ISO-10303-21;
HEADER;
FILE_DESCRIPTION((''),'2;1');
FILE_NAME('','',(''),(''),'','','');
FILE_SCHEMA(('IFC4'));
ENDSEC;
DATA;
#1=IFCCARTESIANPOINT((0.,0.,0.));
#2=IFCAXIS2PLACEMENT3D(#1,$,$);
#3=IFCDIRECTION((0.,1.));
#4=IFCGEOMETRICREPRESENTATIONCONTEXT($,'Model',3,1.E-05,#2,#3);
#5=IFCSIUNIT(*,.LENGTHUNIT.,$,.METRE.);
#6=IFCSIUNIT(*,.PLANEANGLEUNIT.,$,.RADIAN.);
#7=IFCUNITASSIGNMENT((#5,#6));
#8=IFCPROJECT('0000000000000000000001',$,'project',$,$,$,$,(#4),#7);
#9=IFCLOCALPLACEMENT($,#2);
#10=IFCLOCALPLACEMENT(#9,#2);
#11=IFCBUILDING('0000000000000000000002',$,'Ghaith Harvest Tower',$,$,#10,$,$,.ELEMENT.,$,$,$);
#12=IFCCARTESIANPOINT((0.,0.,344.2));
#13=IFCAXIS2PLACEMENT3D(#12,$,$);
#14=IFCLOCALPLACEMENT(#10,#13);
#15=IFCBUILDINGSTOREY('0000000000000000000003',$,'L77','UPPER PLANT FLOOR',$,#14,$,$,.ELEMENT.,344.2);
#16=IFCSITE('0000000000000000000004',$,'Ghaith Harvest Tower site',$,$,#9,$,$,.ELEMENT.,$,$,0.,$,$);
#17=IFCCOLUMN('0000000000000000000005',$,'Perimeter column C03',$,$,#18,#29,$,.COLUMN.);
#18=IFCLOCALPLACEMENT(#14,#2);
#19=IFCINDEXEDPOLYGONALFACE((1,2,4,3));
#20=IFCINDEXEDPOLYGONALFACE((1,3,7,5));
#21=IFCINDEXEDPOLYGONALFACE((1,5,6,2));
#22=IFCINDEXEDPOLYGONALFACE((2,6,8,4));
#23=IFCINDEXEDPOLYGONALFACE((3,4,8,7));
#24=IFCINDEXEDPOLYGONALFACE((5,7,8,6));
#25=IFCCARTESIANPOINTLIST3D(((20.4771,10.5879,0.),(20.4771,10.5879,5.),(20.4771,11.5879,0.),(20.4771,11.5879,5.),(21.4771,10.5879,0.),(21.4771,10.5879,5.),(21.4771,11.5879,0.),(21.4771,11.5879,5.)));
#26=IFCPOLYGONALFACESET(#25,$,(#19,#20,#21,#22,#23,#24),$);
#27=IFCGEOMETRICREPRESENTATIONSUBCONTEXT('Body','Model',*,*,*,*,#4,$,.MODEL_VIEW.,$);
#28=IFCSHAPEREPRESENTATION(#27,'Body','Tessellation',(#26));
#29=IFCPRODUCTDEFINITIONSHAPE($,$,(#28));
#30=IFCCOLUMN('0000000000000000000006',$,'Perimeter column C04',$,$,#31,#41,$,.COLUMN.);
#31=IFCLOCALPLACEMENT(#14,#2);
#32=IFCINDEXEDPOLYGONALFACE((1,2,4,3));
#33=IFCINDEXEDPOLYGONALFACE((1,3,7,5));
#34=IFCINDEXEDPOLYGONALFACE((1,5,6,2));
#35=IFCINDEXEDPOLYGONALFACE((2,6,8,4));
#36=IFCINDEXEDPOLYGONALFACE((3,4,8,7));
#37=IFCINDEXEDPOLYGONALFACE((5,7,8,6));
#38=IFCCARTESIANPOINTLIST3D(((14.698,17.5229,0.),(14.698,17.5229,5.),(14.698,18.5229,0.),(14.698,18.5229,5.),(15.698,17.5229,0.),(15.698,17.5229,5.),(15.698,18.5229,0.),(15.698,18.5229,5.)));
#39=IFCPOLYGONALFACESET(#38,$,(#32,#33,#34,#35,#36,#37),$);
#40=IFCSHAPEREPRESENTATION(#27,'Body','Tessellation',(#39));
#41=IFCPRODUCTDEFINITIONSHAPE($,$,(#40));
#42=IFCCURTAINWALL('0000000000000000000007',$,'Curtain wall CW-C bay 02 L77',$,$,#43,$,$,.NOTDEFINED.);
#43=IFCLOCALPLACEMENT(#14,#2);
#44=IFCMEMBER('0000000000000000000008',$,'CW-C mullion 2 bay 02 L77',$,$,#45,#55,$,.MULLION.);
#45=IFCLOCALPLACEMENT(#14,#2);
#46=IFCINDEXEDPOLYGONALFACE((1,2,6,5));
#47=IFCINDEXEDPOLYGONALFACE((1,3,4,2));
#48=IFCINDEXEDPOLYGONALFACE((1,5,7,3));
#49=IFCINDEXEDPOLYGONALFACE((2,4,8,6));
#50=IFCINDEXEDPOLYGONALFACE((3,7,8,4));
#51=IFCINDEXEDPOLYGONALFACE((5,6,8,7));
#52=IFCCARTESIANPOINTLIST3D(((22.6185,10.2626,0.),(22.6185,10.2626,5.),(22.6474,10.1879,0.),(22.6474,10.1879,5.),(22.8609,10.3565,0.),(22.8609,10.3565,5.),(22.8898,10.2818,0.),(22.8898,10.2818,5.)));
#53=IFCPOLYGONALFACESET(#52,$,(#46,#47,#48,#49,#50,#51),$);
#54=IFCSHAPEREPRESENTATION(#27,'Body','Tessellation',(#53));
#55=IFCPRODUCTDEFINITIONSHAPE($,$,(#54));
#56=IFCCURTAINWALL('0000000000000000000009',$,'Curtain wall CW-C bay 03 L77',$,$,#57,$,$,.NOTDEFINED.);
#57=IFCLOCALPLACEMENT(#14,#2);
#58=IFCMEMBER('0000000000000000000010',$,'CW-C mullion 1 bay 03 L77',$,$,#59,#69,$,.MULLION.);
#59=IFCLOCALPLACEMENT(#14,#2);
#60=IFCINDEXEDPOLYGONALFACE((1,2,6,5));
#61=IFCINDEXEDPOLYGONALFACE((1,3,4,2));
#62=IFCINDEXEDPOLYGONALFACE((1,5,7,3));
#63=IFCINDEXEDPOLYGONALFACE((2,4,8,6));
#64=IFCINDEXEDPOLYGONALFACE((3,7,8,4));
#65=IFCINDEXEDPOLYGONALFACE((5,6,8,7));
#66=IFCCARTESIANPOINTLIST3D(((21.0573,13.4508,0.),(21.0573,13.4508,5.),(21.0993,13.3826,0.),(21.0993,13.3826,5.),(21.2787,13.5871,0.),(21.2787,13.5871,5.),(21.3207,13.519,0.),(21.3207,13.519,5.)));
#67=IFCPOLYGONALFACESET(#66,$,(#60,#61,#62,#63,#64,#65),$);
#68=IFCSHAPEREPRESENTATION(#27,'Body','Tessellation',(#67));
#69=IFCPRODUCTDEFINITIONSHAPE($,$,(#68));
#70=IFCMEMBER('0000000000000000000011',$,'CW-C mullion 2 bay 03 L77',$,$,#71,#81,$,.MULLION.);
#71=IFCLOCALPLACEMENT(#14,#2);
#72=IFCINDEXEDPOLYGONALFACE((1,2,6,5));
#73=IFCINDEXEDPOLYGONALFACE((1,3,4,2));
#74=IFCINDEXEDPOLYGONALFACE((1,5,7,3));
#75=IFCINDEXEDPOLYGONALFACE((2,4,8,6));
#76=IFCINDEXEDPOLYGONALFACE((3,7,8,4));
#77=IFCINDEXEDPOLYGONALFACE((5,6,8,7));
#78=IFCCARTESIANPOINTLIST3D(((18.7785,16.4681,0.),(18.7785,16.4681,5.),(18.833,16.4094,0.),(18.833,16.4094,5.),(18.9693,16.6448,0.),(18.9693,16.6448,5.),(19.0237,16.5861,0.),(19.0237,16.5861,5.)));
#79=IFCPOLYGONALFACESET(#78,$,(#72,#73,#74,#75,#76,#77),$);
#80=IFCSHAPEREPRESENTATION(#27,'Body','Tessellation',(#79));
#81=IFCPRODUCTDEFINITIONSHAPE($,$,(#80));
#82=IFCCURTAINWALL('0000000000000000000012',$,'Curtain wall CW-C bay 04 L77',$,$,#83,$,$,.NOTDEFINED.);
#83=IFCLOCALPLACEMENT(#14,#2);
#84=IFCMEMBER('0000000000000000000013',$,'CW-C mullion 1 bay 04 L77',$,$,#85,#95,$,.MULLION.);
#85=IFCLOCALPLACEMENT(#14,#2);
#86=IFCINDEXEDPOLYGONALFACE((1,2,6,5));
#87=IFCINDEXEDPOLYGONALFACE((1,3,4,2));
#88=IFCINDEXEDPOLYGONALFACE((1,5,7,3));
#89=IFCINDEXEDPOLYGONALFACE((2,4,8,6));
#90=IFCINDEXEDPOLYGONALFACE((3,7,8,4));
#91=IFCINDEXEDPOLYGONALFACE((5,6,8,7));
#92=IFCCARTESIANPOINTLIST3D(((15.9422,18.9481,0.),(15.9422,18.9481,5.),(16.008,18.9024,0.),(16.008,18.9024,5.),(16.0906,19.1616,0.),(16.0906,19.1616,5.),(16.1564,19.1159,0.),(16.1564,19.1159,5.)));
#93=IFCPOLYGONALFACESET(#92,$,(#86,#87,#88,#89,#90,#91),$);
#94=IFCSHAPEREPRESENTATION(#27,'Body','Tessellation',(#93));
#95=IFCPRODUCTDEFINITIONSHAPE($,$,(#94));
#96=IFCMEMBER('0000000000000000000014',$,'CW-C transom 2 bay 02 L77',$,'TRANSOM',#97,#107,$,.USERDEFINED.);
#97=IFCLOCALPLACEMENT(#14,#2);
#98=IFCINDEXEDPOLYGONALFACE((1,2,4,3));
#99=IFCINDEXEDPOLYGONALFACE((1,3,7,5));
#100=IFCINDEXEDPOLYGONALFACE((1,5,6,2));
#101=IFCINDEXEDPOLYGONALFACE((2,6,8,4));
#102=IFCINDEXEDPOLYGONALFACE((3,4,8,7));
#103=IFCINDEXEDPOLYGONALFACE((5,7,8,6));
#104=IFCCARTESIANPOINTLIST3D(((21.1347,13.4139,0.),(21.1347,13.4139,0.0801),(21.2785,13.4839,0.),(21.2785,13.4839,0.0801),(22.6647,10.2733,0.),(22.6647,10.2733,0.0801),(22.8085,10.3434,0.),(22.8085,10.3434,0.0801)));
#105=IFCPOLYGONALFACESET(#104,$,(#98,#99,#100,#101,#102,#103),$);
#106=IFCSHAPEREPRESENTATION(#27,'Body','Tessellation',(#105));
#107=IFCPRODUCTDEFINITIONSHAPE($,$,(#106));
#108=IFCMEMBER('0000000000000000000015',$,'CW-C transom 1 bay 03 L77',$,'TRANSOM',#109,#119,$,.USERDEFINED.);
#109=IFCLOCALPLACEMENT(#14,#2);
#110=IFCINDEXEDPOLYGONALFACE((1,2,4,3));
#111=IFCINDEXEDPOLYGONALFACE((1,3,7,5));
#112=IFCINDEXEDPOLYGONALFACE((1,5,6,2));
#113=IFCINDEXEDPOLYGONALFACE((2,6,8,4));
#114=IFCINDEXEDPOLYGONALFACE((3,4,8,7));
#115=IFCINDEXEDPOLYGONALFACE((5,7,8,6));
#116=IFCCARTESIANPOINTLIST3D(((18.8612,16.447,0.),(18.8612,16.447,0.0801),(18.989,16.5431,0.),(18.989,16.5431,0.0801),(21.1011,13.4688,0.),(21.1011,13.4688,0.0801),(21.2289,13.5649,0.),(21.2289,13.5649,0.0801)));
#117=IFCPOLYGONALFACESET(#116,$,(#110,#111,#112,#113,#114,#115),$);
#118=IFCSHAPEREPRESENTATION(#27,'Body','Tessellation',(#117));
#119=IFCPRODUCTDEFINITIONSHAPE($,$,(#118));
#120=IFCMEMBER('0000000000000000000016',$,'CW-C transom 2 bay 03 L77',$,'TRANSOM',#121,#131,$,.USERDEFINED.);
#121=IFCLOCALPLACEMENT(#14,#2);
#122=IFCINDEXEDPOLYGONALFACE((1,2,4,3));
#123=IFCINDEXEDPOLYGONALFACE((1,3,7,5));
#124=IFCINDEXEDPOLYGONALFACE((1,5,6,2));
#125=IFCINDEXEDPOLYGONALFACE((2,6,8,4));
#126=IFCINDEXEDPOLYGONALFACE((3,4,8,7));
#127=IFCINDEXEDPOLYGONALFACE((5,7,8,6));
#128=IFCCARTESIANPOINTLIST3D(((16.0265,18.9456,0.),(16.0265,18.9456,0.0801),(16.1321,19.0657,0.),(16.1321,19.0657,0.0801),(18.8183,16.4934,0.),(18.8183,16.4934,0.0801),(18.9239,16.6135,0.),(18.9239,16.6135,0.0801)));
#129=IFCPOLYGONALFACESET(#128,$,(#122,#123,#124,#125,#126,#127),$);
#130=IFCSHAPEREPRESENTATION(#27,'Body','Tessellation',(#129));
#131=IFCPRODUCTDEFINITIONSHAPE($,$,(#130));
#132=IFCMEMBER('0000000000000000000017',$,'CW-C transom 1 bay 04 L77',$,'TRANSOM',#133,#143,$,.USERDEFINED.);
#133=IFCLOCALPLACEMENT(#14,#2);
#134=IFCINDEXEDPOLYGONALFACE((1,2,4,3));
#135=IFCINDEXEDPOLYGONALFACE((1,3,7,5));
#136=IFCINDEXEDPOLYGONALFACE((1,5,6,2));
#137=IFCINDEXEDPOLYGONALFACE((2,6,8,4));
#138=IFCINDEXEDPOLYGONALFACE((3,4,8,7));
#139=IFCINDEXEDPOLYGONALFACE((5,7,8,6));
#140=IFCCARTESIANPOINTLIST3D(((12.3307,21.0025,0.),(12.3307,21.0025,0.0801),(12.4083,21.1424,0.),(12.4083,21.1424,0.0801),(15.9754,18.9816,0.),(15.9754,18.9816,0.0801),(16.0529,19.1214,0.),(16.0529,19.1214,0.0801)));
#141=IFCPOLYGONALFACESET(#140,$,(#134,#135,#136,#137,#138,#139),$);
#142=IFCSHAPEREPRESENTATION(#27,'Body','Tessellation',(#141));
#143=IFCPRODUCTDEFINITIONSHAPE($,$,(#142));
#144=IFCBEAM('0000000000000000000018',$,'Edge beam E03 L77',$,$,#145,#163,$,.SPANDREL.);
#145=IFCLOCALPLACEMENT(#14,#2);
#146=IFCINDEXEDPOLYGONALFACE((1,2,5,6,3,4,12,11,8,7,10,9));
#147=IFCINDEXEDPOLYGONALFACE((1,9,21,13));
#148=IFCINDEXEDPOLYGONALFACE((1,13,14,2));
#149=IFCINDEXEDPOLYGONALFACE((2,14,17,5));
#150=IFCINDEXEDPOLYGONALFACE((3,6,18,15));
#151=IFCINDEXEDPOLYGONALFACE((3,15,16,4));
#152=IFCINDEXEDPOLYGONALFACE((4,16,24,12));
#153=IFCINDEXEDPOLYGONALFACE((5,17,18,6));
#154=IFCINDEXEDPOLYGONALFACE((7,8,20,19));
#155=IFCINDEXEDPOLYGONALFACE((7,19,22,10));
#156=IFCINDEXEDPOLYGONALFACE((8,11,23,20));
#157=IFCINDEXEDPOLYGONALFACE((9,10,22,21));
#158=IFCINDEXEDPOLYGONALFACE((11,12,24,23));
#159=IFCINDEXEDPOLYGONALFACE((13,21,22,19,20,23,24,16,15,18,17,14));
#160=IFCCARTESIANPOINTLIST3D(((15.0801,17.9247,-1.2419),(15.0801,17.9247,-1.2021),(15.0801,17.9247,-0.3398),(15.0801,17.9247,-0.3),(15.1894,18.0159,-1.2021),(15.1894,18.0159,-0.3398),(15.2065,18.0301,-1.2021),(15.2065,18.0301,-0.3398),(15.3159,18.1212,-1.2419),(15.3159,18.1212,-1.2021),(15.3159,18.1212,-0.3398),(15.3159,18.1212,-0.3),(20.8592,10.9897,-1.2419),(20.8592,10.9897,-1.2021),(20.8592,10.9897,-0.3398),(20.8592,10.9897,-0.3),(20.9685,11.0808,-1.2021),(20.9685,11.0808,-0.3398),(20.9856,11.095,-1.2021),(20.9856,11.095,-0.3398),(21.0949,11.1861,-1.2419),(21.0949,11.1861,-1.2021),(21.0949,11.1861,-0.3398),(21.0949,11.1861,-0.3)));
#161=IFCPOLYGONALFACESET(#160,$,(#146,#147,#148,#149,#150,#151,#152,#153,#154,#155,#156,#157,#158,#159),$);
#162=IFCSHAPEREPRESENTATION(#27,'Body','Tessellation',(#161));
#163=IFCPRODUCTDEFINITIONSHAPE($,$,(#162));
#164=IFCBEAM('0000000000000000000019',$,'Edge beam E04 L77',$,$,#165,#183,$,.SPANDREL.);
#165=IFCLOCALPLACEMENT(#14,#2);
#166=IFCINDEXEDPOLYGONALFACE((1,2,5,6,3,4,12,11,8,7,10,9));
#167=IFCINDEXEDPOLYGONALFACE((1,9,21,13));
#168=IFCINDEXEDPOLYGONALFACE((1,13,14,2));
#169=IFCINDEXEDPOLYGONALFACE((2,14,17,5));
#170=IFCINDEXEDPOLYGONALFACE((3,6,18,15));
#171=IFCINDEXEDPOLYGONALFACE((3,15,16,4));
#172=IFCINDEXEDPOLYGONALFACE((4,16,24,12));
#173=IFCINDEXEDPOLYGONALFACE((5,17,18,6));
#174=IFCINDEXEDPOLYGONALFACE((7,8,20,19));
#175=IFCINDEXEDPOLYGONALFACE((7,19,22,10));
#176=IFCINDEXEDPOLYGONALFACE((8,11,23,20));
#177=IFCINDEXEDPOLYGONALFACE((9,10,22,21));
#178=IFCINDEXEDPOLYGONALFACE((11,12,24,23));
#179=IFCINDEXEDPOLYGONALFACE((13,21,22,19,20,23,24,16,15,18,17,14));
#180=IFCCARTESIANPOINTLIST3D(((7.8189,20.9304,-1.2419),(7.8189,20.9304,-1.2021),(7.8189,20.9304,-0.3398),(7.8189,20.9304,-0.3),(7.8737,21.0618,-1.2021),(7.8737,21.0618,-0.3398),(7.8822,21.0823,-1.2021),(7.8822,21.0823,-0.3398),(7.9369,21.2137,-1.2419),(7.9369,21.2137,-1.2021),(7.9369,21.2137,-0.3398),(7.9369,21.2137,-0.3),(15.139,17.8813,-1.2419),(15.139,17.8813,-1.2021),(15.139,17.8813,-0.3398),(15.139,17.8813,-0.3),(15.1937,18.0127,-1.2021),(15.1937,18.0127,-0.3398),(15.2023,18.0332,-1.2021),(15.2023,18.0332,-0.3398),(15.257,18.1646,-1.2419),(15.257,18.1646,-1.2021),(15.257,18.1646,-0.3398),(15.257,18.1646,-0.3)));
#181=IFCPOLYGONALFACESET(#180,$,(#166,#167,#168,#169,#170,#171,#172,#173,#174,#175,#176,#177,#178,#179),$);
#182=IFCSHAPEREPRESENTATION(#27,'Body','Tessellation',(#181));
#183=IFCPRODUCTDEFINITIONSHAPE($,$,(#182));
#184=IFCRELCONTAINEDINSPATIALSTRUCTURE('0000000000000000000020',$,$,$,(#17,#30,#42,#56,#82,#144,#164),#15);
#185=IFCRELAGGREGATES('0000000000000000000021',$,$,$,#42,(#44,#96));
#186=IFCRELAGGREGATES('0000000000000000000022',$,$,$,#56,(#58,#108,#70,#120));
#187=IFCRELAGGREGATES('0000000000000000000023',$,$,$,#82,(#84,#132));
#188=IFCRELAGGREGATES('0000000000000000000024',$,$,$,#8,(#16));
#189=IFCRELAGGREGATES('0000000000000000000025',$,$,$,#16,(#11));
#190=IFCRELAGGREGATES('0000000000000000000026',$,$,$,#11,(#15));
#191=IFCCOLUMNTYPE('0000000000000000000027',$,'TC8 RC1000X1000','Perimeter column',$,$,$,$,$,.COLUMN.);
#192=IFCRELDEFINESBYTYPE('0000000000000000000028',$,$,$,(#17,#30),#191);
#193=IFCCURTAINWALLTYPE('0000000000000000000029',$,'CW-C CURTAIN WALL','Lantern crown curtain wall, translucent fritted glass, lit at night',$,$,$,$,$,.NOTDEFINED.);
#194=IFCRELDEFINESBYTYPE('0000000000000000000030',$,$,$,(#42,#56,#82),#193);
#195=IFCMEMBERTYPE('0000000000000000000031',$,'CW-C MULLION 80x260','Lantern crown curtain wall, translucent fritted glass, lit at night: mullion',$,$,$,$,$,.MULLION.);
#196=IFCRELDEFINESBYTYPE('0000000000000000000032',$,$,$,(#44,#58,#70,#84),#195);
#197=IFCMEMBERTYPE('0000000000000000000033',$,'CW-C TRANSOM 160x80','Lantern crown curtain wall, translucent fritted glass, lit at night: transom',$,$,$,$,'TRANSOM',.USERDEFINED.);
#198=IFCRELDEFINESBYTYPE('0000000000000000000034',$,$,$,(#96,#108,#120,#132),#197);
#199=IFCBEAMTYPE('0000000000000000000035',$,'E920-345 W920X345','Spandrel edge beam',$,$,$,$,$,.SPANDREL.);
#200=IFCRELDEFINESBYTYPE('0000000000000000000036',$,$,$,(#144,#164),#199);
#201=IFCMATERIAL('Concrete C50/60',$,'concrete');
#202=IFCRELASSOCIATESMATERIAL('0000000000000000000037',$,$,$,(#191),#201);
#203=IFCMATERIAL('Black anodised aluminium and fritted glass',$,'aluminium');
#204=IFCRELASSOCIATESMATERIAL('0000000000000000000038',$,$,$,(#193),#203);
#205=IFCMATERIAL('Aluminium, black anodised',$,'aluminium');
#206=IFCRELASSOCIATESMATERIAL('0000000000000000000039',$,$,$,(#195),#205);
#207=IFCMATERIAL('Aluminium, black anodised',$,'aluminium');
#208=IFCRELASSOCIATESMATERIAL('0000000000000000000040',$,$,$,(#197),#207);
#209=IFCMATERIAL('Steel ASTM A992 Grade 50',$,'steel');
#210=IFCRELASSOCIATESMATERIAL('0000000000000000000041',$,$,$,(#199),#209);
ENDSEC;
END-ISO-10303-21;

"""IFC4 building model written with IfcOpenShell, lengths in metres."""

from ifc_helpers import new_model, si_unit, direction, frame, origin, origin_2d, place, context, subcontext, project, spatial, rectangle, i_section, extrude, material, material_profile, profile_set, type_object, element, aggregate, save


model = new_model("IFC4")

# Units and contexts
model_context = context("Model", 3, precision=1e-05, world=origin(), true_north=direction((0.0, 1.0)))
body_context = subcontext(model_context, "Body", "Model", "MODEL_VIEW")
ifc_project = project(units=[si_unit("LENGTHUNIT", "METRE"), si_unit("PLANEANGLEUNIT", "RADIAN")], contexts=[model_context])

# Site, building, storey
site_placement = place(None, origin())
site = spatial("IfcSite", under=ifc_project, at=site_placement, Name="Ghaith Harvest Tower site", CompositionType="ELEMENT", RefElevation=0.0)
building_placement = place(site_placement, origin())
building = spatial("IfcBuilding", under=site, at=building_placement, Name="Ghaith Harvest Tower", CompositionType="ELEMENT")
storey_placement = place(building_placement, frame((0.0, 0.0, 344.2)))
storey = spatial("IfcBuildingStorey", under=building, at=storey_placement, Name="L77", Description="UPPER PLANT FLOOR", CompositionType="ELEMENT", Elevation=344.2)

# Columns
ifc_material_1 = material(Name="Concrete C50/60", Category="concrete")
ifc_material_profile_1 = material_profile(ifc_material_1, rectangle(XDim=1.0, YDim=1.0, at=origin_2d()), Name="RC1000X1000")
ifc_profile_set_1 = profile_set([ifc_material_profile_1], Name="Concrete C50/60")
column_type = type_object("IfcColumnType", Name="TC8 RC1000X1000", Description="Perimeter column", PredefinedType="COLUMN", material=ifc_profile_set_1)
for number, where, z_axis, x_axis, name in (
    (1, (20.9771, 11.0879, 0.0), (0.0, 0.0, 1.0), (1.0, 0.0, 0.0), "Perimeter column C03"),
    (2, (15.198, 18.0229, 0.0), (0.0, 0.0, 1.0), (1.0, 0.0, 0.0), "Perimeter column C04"),
):
    element("IfcColumn", number, at=place(storey_placement, frame(where, z_axis=z_axis, x_axis=x_axis)), inside=storey, type_object=column_type, Name=name, PredefinedType="COLUMN", context=body_context, shape_type="SweptSolid", body=[
        extrude(rectangle(XDim=1.0, YDim=1.0, at=origin_2d()), origin(), (0.0, 0.0, 1.0), 5.0),
    ])

# Curtain wall, member
ifc_material_2 = material(Name="Black anodised aluminium and fritted glass", Category="aluminium")
curtain_wall_type = type_object("IfcCurtainWallType", Name="CW-C CURTAIN WALL", Description="Lantern crown curtain wall, translucent fritted glass, lit at night", PredefinedType="NOTDEFINED", material=ifc_material_2)
curtain_wall_1_placement = place(storey_placement, origin())
curtain_wall_1 = element("IfcCurtainWall", 3, at=curtain_wall_1_placement, inside=storey, type_object=curtain_wall_type, Name="Curtain wall CW-C bay 02 L77", PredefinedType="NOTDEFINED")
ifc_material_3 = material(Name="Aluminium, black anodised", Category="aluminium")
ifc_material_profile_2 = material_profile(ifc_material_3, rectangle(XDim=0.0801, YDim=0.26, at=origin_2d()), Name="CW-C MULLION 80x260")
ifc_profile_set_2 = profile_set([ifc_material_profile_2], Name="Aluminium, black anodised")
member_type_1 = type_object("IfcMemberType", Name="CW-C MULLION 80x260", Description="Lantern crown curtain wall, translucent fritted glass, lit at night: mullion", PredefinedType="MULLION", material=ifc_profile_set_2)
member_1_placement = place(storey_placement, frame((22.7542, 10.2722, 0.0), z_axis=(0.0, 0.0, 1.0), x_axis=(-0.361184, 0.932494, 0.0)))
member_1 = element("IfcMember", 4, at=member_1_placement, type_object=member_type_1, Name="CW-C mullion 2 bay 02 L77", PredefinedType="MULLION", context=body_context, shape_type="SweptSolid", body=[
    extrude(rectangle(XDim=0.0801, YDim=0.26, at=origin_2d()), origin(), (0.0, 0.0, 1.0), 5.0),
])

# Curtain wall, members
curtain_wall_2_placement = place(storey_placement, origin())
curtain_wall_2 = element("IfcCurtainWall", 5, at=curtain_wall_2_placement, inside=storey, type_object=curtain_wall_type, Name="Curtain wall CW-C bay 03 L77", PredefinedType="NOTDEFINED")
member_2_placement = place(storey_placement, frame((21.189, 13.4849, 0.0), z_axis=(0.0, 0.0, 1.0), x_axis=(-0.524482, 0.851421, 0.0)))
member_2 = element("IfcMember", 6, at=member_2_placement, type_object=member_type_1, Name="CW-C mullion 1 bay 03 L77", PredefinedType="MULLION", context=body_context, shape_type="SweptSolid", body=[
    extrude(rectangle(XDim=0.0801, YDim=0.26, at=origin_2d()), origin(), (0.0, 0.0, 1.0), 5.0),
])
member_3_placement = place(storey_placement, frame((18.9011, 16.5271, 0.0), z_axis=(0.0, 0.0, 1.0), x_axis=(-0.679661, 0.733526, 0.0)))
member_3 = element("IfcMember", 7, at=member_3_placement, type_object=member_type_1, Name="CW-C mullion 2 bay 03 L77", PredefinedType="MULLION", context=body_context, shape_type="SweptSolid", body=[
    extrude(rectangle(XDim=0.0801, YDim=0.26, at=origin_2d()), origin(), (0.0, 0.0, 1.0), 5.0),
])

# Curtain wall, member
curtain_wall_3_placement = place(storey_placement, origin())
curtain_wall_3 = element("IfcCurtainWall", 8, at=curtain_wall_3_placement, inside=storey, type_object=curtain_wall_type, Name="Curtain wall CW-C bay 04 L77", PredefinedType="NOTDEFINED")
member_4_placement = place(storey_placement, frame((16.0493, 19.032, 0.0), z_axis=(0.0, 0.0, 1.0), x_axis=(-0.821112, 0.570767, 0.0)))
member_4 = element("IfcMember", 9, at=member_4_placement, type_object=member_type_1, Name="CW-C mullion 1 bay 04 L77", PredefinedType="MULLION", context=body_context, shape_type="SweptSolid", body=[
    extrude(rectangle(XDim=0.0801, YDim=0.26, at=origin_2d()), origin(), (0.0, 0.0, 1.0), 5.0),
])

# Members
ifc_material_4 = material(Name="Aluminium, black anodised", Category="aluminium")
ifc_material_profile_3 = material_profile(ifc_material_4, rectangle(XDim=0.1599, YDim=0.0801, at=origin_2d()), Name="CW-C TRANSOM 160x80")
ifc_profile_set_3 = profile_set([ifc_material_profile_3], Name="Aluminium, black anodised")
member_type_2 = type_object("IfcMemberType", Name="CW-C TRANSOM 160x80", Description="Lantern crown curtain wall, translucent fritted glass, lit at night: transom", ElementType="TRANSOM", PredefinedType="USERDEFINED", material=ifc_profile_set_3)
member_5_placement = place(storey_placement, frame((22.7366, 10.3083, 0.04), z_axis=(-0.437965, 0.898992, 0.0), x_axis=(-0.898992, -0.437965, 0.0)))
member_5 = element("IfcMember", 10, at=member_5_placement, type_object=member_type_2, Name="CW-C transom 2 bay 02 L77", ObjectType="TRANSOM", PredefinedType="USERDEFINED", context=body_context, shape_type="SweptSolid", body=[
    extrude(rectangle(XDim=0.1599, YDim=0.0801, at=origin_2d()), origin(), (0.0, 0.0, 1.0), 3.4934),
])
member_6_placement = place(storey_placement, frame((21.165, 13.5168, 0.04), z_axis=(-0.601079, 0.79919, 0.0), x_axis=(-0.79919, -0.601079, 0.0)))
member_6 = element("IfcMember", 11, at=member_6_placement, type_object=member_type_2, Name="CW-C transom 1 bay 03 L77", ObjectType="TRANSOM", PredefinedType="USERDEFINED", context=body_context, shape_type="SweptSolid", body=[
    extrude(rectangle(XDim=0.1599, YDim=0.0801, at=origin_2d()), origin(), (0.0, 0.0, 1.0), 3.7266),
])
member_7_placement = place(storey_placement, frame((18.8711, 16.5535, 0.04), z_axis=(-0.751326, 0.659931, 0.0), x_axis=(-0.659931, -0.751326, 0.0)))
member_7 = element("IfcMember", 12, at=member_7_placement, type_object=member_type_2, Name="CW-C transom 2 bay 03 L77", ObjectType="TRANSOM", PredefinedType="USERDEFINED", context=body_context, shape_type="SweptSolid", body=[
    extrude(rectangle(XDim=0.1599, YDim=0.0801, at=origin_2d()), origin(), (0.0, 0.0, 1.0), 3.7158),
])
member_8_placement = place(storey_placement, frame((16.0142, 19.0515, 0.04), z_axis=(-0.874552, 0.484932, 0.0), x_axis=(-0.484932, -0.874552, 0.0)))
member_8 = element("IfcMember", 13, at=member_8_placement, type_object=member_type_2, Name="CW-C transom 1 bay 04 L77", ObjectType="TRANSOM", PredefinedType="USERDEFINED", context=body_context, shape_type="SweptSolid", body=[
    extrude(rectangle(XDim=0.1599, YDim=0.0801, at=origin_2d()), origin(), (0.0, 0.0, 1.0), 4.1675),
])

# Beams
ifc_material_5 = material(Name="Steel ASTM A992 Grade 50", Category="steel")
ifc_material_profile_4 = material_profile(ifc_material_5, i_section(OverallWidth=0.3069, OverallDepth=0.9419, WebThickness=0.0222, FlangeThickness=0.0398, at=origin_2d()), Name="W920X345")
ifc_profile_set_4 = profile_set([ifc_material_profile_4], Name="Steel ASTM A992 Grade 50")
beam_type = type_object("IfcBeamType", Name="E920-345 W920X345", Description="Spandrel edge beam", PredefinedType="SPANDREL", material=ifc_profile_set_4)
beam_1_placement = place(storey_placement, frame((20.9771, 11.0879, -0.771), z_axis=(-0.640174, 0.76823, 0.0), x_axis=(-0.76823, -0.640174, 0.0)))
element("IfcBeam", 14, at=beam_1_placement, inside=storey, type_object=beam_type, Name="Edge beam E03 L77", PredefinedType="SPANDREL", context=body_context, shape_type="SweptSolid", body=[
    extrude(i_section(OverallWidth=0.3069, OverallDepth=0.9419, WebThickness=0.0222, FlangeThickness=0.0398, at=origin_2d()), origin(), (0.0, 0.0, 1.0), 9.0273),
])
beam_2_placement = place(storey_placement, frame((15.198, 18.0229, -0.771), z_axis=(-0.92312, 0.384513, 0.0), x_axis=(-0.384513, -0.92312, 0.0)))
element("IfcBeam", 15, at=beam_2_placement, inside=storey, type_object=beam_type, Name="Edge beam E04 L77", PredefinedType="SPANDREL", context=body_context, shape_type="SweptSolid", body=[
    extrude(i_section(OverallWidth=0.3069, OverallDepth=0.9419, WebThickness=0.0222, FlangeThickness=0.0398, at=origin_2d()), origin(), (0.0, 0.0, 1.0), 7.9297),
])

aggregate(curtain_wall_1, [member_1, member_5])
aggregate(curtain_wall_2, [member_2, member_6, member_3, member_7])
aggregate(curtain_wall_3, [member_4, member_8])

save(model, "model.ifc")
